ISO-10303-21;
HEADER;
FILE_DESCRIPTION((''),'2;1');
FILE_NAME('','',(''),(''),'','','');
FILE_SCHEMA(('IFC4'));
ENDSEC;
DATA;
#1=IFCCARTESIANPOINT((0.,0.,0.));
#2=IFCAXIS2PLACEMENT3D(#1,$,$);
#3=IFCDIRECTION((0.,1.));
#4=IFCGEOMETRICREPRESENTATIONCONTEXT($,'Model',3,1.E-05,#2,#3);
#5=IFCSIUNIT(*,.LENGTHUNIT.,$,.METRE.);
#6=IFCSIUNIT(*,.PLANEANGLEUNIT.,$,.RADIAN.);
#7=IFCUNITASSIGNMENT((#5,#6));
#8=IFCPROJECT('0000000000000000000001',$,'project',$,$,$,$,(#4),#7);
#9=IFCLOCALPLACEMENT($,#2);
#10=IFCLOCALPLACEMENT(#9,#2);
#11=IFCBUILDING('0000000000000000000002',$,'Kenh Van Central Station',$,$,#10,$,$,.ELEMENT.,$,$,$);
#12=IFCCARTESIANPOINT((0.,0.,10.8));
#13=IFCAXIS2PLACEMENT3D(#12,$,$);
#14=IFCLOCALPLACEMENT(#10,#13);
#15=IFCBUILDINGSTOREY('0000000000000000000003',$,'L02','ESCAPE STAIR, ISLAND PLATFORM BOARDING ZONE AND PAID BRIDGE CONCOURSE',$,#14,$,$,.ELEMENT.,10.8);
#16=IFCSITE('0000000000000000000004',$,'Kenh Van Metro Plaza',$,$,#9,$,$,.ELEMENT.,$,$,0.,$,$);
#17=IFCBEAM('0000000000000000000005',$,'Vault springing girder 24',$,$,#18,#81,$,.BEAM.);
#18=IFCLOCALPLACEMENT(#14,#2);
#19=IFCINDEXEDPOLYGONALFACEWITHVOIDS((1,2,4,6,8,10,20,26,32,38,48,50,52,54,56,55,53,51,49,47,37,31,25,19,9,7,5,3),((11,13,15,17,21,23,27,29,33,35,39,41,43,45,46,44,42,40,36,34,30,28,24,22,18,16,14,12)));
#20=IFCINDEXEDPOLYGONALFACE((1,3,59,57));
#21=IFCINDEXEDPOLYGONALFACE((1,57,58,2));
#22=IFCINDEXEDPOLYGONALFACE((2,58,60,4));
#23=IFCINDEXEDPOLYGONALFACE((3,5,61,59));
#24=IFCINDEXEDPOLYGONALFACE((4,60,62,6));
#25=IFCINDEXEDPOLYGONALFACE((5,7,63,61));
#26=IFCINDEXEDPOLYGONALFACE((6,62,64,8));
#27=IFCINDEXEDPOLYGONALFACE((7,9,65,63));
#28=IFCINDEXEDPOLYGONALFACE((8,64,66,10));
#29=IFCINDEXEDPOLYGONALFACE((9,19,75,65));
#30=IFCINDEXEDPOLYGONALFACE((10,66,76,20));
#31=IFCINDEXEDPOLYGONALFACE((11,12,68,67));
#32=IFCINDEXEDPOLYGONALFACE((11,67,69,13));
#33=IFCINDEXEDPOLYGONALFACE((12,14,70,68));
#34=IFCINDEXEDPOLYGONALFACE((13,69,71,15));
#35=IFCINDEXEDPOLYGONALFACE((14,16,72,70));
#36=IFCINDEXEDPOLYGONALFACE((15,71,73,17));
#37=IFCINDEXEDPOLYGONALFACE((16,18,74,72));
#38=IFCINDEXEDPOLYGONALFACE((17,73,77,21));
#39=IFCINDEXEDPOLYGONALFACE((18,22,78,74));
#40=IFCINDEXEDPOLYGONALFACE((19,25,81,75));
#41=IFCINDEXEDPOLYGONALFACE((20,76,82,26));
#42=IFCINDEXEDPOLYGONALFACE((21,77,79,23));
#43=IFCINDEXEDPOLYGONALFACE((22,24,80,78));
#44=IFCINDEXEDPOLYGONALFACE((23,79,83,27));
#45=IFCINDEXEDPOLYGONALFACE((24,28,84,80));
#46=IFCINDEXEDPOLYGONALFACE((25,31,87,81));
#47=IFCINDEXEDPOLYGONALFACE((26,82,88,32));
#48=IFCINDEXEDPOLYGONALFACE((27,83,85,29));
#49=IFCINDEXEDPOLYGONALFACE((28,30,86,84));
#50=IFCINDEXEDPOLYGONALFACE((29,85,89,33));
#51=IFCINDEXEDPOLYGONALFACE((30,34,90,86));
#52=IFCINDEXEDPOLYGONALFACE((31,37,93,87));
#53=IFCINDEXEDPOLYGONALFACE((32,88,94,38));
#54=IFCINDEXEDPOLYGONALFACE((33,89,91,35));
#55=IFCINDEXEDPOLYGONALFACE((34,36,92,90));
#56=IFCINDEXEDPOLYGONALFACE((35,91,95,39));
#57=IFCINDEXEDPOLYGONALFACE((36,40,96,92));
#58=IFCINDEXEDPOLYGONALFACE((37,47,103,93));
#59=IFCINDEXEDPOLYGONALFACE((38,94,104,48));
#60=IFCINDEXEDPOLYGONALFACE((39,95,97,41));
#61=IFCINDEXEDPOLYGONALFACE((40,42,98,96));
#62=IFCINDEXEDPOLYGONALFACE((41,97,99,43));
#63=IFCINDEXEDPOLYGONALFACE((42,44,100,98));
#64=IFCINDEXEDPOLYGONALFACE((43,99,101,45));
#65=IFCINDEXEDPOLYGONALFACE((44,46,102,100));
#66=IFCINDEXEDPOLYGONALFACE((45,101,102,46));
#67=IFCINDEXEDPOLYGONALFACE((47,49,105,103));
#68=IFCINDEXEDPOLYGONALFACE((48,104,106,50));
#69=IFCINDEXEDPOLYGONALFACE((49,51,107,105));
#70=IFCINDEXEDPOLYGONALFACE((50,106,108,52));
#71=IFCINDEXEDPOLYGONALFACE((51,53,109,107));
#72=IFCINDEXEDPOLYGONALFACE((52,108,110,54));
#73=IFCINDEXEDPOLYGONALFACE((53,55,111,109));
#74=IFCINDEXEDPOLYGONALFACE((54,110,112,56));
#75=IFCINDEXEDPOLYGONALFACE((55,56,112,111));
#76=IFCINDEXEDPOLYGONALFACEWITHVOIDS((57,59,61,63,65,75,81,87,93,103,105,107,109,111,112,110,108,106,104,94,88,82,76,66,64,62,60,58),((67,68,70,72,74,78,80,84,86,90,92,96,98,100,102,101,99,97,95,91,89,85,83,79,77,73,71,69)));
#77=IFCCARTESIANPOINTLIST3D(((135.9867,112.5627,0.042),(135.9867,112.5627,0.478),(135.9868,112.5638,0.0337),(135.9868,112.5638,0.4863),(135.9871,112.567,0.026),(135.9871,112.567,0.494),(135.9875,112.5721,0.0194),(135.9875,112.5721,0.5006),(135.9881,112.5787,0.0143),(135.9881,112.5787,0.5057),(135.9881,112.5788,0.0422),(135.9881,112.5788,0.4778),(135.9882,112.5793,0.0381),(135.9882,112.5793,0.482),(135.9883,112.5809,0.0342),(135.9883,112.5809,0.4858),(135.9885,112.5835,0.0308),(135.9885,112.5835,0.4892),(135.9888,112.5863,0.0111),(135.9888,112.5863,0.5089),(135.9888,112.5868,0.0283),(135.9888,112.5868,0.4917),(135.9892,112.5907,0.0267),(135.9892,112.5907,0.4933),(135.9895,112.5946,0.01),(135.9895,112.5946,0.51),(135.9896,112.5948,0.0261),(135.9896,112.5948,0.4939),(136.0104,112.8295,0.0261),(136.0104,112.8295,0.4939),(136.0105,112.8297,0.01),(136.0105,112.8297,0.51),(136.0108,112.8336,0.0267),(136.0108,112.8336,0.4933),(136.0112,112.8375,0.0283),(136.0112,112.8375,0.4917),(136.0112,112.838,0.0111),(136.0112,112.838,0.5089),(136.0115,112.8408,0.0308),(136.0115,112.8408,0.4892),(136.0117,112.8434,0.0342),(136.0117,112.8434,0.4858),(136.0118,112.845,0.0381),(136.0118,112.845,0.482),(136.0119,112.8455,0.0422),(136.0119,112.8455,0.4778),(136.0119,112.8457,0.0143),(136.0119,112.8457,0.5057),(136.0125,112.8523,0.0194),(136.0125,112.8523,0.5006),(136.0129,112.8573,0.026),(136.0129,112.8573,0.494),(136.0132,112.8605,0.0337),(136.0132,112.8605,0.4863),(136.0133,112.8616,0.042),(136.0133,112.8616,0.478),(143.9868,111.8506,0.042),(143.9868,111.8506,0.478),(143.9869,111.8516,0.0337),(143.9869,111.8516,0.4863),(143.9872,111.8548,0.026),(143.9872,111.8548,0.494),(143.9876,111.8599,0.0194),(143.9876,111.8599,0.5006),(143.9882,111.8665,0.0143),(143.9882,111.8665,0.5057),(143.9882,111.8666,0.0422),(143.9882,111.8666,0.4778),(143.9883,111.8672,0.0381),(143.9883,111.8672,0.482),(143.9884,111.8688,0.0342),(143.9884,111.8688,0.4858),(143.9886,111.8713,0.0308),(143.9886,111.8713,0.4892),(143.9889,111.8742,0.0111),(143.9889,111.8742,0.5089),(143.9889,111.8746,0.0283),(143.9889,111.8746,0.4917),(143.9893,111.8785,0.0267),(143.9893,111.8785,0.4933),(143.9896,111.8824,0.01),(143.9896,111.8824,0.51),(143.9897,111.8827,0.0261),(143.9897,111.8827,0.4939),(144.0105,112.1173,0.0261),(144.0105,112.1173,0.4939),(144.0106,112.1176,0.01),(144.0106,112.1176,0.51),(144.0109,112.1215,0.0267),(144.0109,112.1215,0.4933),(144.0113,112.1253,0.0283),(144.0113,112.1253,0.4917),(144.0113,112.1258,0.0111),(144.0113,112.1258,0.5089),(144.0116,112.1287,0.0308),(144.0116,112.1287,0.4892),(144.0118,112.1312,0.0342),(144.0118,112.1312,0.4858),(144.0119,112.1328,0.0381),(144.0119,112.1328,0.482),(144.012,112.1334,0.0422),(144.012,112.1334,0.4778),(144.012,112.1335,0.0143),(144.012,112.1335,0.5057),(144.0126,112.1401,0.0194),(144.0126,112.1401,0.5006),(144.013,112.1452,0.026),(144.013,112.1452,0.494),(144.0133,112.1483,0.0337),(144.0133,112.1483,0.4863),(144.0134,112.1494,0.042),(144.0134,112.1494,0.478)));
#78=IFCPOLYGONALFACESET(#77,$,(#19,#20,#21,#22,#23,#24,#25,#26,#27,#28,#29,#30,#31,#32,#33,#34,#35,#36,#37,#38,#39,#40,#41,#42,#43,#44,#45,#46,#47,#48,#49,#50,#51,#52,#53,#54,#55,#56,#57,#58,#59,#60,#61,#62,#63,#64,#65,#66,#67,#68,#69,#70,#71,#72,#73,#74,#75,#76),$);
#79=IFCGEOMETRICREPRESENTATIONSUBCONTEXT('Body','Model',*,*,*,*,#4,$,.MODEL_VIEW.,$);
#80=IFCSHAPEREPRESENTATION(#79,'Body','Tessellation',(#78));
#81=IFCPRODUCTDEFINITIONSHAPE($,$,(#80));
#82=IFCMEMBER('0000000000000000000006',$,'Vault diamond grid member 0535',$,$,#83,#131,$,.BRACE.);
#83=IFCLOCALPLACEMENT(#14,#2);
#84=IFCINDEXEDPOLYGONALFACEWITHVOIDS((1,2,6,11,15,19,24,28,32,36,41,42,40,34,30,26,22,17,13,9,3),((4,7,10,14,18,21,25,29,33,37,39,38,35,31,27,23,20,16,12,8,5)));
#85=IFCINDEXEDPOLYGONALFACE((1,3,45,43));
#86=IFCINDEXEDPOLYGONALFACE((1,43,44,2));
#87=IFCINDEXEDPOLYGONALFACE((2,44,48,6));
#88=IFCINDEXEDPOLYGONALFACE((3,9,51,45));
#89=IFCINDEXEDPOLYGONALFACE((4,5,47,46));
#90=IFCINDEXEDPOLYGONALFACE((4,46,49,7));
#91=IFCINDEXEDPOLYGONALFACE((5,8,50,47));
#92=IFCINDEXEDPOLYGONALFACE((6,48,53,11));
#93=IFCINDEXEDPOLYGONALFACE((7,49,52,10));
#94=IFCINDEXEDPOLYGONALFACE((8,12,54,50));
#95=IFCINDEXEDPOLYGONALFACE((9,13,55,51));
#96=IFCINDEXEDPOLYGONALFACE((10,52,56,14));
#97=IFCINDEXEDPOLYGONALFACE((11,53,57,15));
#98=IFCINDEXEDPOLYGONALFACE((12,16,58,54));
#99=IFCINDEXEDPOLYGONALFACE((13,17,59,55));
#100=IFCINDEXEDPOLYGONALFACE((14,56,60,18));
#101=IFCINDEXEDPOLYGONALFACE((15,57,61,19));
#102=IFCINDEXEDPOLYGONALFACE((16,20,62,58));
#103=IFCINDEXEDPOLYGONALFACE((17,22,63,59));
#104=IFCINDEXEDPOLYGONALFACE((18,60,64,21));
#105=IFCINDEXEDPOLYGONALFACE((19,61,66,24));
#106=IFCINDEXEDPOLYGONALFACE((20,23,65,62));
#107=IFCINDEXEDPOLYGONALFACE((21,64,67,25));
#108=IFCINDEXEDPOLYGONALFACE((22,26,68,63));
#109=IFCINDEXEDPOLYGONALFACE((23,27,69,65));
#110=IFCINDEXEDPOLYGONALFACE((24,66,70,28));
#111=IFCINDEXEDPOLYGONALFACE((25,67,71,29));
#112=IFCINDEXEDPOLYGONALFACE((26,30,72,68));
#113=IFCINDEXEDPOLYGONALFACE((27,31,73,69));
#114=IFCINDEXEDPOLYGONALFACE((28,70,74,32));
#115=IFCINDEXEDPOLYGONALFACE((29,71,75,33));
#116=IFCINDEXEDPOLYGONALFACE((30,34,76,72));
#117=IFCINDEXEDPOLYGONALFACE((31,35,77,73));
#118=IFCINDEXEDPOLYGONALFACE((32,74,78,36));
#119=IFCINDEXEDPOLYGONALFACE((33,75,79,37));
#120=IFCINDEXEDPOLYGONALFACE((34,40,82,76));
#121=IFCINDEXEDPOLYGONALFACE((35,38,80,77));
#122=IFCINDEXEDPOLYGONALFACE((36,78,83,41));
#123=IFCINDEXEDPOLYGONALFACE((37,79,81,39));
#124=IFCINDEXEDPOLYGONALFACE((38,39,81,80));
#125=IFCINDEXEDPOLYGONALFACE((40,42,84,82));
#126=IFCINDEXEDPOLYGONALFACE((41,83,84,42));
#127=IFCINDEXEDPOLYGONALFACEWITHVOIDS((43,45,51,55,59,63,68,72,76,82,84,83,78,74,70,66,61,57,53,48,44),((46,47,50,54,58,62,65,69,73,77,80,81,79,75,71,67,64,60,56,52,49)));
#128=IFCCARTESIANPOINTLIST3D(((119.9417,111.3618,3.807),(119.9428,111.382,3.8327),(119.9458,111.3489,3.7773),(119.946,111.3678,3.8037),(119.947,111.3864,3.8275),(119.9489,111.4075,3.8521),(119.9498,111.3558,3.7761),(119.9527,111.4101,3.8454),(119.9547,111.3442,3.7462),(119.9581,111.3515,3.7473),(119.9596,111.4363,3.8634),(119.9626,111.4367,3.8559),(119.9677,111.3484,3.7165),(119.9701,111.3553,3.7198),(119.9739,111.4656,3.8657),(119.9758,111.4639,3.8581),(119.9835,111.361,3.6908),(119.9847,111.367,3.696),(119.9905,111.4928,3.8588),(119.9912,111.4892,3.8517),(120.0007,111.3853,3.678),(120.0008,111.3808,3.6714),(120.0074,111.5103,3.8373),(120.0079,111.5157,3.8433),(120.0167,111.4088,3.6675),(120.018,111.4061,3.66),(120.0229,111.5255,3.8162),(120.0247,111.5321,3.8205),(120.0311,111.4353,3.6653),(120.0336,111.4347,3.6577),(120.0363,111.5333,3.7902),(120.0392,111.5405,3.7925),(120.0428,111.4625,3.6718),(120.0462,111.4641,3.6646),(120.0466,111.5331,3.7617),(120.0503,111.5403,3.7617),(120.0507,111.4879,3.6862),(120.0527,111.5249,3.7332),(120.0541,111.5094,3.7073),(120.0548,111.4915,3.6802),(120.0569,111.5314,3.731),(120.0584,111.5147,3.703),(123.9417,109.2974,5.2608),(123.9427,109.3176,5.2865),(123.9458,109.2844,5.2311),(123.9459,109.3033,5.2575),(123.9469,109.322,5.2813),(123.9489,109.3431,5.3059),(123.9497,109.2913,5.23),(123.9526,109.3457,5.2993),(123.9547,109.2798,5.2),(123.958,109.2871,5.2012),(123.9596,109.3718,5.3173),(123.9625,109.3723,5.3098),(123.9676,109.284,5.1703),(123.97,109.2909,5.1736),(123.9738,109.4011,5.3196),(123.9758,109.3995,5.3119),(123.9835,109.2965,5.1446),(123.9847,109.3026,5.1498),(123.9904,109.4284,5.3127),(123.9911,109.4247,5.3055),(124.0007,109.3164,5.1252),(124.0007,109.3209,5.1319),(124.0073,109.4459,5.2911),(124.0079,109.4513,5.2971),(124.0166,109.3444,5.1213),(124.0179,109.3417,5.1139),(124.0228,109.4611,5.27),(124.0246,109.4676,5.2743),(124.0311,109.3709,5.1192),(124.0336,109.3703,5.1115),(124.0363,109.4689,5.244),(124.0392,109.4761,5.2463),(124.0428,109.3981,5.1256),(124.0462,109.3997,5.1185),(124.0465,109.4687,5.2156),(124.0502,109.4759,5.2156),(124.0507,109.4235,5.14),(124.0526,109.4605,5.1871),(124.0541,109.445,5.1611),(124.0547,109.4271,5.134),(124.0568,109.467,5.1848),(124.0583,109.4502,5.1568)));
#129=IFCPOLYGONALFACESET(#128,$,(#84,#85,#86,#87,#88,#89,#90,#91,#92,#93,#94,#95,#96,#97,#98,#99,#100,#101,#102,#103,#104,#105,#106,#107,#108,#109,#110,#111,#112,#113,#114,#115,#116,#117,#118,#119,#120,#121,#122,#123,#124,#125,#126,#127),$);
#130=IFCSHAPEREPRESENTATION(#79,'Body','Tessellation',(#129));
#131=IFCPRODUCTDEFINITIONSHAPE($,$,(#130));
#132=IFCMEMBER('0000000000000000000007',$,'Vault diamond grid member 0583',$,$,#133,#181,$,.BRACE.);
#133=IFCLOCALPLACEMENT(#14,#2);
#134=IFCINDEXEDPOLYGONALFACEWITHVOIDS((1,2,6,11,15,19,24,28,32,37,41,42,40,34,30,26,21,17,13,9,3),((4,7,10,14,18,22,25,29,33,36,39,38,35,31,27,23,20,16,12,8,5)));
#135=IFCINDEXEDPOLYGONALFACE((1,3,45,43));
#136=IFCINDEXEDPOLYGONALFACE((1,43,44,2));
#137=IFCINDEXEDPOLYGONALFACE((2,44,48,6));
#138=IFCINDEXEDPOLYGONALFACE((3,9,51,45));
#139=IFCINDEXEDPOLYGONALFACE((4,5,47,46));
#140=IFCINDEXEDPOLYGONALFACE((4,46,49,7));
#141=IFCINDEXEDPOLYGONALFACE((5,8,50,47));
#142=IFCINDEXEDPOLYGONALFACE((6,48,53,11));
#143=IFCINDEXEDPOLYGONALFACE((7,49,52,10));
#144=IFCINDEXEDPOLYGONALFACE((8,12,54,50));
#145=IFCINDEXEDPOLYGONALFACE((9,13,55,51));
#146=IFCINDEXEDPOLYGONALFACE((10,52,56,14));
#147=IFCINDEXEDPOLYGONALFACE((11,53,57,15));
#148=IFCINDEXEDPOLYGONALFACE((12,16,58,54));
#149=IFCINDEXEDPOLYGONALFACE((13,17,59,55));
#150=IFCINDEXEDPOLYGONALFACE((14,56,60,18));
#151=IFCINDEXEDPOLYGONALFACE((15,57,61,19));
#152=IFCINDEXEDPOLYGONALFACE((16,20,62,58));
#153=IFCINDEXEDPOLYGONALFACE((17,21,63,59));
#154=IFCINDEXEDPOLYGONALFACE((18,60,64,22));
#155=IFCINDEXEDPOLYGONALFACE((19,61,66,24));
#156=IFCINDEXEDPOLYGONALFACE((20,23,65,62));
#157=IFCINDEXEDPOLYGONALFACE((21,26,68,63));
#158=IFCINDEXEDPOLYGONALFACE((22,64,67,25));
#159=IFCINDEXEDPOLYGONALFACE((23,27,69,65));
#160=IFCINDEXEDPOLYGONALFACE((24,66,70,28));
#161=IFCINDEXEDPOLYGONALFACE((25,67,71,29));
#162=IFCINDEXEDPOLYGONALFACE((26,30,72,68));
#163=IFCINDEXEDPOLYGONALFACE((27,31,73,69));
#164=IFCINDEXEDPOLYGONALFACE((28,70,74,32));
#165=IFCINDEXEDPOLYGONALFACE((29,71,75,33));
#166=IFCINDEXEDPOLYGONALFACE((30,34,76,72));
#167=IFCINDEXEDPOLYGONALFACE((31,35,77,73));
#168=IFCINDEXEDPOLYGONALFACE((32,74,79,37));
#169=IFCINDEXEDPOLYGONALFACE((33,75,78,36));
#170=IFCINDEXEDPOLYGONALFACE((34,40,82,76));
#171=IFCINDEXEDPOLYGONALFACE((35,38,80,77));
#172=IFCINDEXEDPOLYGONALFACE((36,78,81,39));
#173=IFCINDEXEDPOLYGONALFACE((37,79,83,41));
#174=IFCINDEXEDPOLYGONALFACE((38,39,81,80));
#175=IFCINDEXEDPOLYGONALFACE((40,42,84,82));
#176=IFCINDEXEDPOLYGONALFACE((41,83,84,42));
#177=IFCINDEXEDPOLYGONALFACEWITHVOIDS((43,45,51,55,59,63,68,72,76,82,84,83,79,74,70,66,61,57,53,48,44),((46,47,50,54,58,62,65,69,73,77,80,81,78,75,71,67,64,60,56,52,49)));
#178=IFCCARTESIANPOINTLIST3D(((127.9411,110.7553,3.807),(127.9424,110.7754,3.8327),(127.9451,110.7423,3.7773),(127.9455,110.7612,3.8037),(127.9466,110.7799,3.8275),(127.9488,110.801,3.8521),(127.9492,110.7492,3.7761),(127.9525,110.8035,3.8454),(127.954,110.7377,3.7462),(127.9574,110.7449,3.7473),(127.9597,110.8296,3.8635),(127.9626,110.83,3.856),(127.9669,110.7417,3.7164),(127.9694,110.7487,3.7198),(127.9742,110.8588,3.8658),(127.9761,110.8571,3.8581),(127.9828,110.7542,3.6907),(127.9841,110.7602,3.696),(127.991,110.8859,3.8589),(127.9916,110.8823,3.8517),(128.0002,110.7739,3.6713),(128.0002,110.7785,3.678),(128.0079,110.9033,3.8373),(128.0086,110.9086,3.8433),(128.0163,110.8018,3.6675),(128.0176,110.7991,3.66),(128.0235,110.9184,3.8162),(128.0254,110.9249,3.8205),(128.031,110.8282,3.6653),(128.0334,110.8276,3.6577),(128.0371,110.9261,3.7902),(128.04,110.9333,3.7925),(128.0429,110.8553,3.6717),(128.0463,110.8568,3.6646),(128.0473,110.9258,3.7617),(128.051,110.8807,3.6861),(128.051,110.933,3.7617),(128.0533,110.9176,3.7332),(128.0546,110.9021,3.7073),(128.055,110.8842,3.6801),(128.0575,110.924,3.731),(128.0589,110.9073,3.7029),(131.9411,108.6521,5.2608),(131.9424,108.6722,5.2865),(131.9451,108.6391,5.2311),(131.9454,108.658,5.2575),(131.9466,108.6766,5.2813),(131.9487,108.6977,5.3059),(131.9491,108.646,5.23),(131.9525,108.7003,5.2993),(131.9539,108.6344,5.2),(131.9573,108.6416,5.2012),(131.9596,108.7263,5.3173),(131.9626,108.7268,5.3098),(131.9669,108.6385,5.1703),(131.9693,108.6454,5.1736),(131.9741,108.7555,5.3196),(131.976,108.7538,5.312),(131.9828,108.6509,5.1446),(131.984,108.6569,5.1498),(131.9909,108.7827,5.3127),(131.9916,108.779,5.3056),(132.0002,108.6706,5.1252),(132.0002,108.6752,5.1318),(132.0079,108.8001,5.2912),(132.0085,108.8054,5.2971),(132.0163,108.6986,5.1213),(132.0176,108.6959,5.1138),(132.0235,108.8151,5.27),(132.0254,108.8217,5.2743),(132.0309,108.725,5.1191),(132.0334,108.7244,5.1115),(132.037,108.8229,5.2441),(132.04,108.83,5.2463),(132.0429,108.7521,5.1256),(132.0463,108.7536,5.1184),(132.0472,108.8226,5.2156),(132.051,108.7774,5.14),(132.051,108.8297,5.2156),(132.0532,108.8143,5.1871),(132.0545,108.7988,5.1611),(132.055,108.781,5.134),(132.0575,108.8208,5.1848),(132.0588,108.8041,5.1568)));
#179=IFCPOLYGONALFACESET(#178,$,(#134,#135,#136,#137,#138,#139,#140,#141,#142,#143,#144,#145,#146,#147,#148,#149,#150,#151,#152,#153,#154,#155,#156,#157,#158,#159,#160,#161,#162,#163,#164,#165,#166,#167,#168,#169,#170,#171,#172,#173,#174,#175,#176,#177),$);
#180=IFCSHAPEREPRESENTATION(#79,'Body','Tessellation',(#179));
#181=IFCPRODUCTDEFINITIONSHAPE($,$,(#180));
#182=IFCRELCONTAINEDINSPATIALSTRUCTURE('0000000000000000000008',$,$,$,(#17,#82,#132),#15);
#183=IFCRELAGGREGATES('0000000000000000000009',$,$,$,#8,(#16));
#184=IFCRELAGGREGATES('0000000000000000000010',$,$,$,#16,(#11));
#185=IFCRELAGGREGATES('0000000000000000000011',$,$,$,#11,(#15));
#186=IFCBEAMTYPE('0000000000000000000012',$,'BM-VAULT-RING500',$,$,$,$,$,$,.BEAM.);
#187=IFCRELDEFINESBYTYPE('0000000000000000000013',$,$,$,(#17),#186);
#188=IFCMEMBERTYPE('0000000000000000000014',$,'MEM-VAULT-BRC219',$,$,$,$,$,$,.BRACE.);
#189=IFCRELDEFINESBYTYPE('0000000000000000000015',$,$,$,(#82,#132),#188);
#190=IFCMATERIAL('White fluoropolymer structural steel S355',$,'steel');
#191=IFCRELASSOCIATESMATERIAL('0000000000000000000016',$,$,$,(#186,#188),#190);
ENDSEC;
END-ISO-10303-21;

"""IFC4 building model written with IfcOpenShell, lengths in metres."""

from ifc_helpers import new_model, si_unit, direction, frame, origin, origin_2d, place, context, subcontext, project, spatial, hollow_rectangle, hollow_circle, extrude, material, material_profile, profile_set, type_object, element, save


model = new_model("IFC4")

# Units and contexts
model_context = context("Model", 3, precision=1e-05, world=origin(), true_north=direction((0.0, 1.0)))
body_context = subcontext(model_context, "Body", "Model", "MODEL_VIEW")
ifc_project = project(units=[si_unit("LENGTHUNIT", "METRE"), si_unit("PLANEANGLEUNIT", "RADIAN")], contexts=[model_context])

# Site, building, storey
site_placement = place(None, origin())
site = spatial("IfcSite", under=ifc_project, at=site_placement, Name="Kenh Van Metro Plaza", CompositionType="ELEMENT", RefElevation=0.0)
building_placement = place(site_placement, origin())
building = spatial("IfcBuilding", under=site, at=building_placement, Name="Kenh Van Central Station", CompositionType="ELEMENT")
storey_placement = place(building_placement, frame((0.0, 0.0, 10.8)))
storey = spatial("IfcBuildingStorey", under=building, at=storey_placement, Name="L02", Description="ESCAPE STAIR, ISLAND PLATFORM BOARDING ZONE AND PAID BRIDGE CONCOURSE", CompositionType="ELEMENT", Elevation=10.8)

# Beam
ifc_material_1 = material(Name="White fluoropolymer structural steel S355", Category="steel")
ifc_material_profile_1 = material_profile(ifc_material_1, hollow_rectangle(XDim=0.3, YDim=0.5, WallThickness=0.0161, InnerFilletRadius=0.0161, OuterFilletRadius=0.032, at=origin_2d()), Name="RHS 500x300x16")
ifc_profile_set_1 = profile_set([ifc_material_profile_1], Name="White fluoropolymer structural steel S355")
beam_type_1 = type_object("IfcBeamType", Name="BM-VAULT-RING500", PredefinedType="BEAM", material=ifc_profile_set_1)
beam_1_placement = place(storey_placement, frame((136.0, 112.7122, 0.26), z_axis=(0.996061, -0.088669, 0.0), x_axis=(0.088669, 0.996061, 0.0)))
element("IfcBeam", 1, at=beam_1_placement, inside=storey, type_object=beam_type_1, Name="Vault springing girder 24", PredefinedType="BEAM", context=body_context, shape_type="SweptSolid", body=[
    extrude(hollow_rectangle(XDim=0.3, YDim=0.5, WallThickness=0.0161, InnerFilletRadius=0.0161, OuterFilletRadius=0.032, at=origin_2d()), origin(), (0.0, 0.0, 1.0), 8.0317),
])

# Members
ifc_material_profile_2 = material_profile(ifc_material_1, hollow_circle(Radius=0.1096, WallThickness=0.0081, at=origin_2d()), Name="CHS 219.1x8")
ifc_profile_set_2 = profile_set([ifc_material_profile_2], Name="White fluoropolymer structural steel S355")
member_type_1 = type_object("IfcMemberType", Name="MEM-VAULT-BRC219", PredefinedType="BRACE", material=ifc_profile_set_2)
member_1_placement = place(storey_placement, frame((120.0, 111.4429, 3.7617), z_axis=(0.845614, -0.436432, 0.30735), x_axis=(0.458632, 0.888626, 0.0)))
element("IfcMember", 2, at=member_1_placement, inside=storey, type_object=member_type_1, Name="Vault diamond grid member 0535", PredefinedType="BRACE", context=body_context, shape_type="SweptSolid", body=[
    extrude(hollow_circle(Radius=0.1096, WallThickness=0.0081, at=origin_2d()), origin(), (0.0, 0.0, 1.0), 4.7302),
])
member_2_placement = place(storey_placement, frame((128.0, 110.8359, 3.7617), z_axis=(0.842573, -0.44304, 0.306245), x_axis=(0.465401, 0.8851, 0.0)))
element("IfcMember", 3, at=member_2_placement, inside=storey, type_object=member_type_1, Name="Vault diamond grid member 0583", PredefinedType="BRACE", context=body_context, shape_type="SweptSolid", body=[
    extrude(hollow_circle(Radius=0.1096, WallThickness=0.0081, at=origin_2d()), origin(), (0.0, 0.0, 1.0), 4.7473),
])

save(model, "model.ifc")
